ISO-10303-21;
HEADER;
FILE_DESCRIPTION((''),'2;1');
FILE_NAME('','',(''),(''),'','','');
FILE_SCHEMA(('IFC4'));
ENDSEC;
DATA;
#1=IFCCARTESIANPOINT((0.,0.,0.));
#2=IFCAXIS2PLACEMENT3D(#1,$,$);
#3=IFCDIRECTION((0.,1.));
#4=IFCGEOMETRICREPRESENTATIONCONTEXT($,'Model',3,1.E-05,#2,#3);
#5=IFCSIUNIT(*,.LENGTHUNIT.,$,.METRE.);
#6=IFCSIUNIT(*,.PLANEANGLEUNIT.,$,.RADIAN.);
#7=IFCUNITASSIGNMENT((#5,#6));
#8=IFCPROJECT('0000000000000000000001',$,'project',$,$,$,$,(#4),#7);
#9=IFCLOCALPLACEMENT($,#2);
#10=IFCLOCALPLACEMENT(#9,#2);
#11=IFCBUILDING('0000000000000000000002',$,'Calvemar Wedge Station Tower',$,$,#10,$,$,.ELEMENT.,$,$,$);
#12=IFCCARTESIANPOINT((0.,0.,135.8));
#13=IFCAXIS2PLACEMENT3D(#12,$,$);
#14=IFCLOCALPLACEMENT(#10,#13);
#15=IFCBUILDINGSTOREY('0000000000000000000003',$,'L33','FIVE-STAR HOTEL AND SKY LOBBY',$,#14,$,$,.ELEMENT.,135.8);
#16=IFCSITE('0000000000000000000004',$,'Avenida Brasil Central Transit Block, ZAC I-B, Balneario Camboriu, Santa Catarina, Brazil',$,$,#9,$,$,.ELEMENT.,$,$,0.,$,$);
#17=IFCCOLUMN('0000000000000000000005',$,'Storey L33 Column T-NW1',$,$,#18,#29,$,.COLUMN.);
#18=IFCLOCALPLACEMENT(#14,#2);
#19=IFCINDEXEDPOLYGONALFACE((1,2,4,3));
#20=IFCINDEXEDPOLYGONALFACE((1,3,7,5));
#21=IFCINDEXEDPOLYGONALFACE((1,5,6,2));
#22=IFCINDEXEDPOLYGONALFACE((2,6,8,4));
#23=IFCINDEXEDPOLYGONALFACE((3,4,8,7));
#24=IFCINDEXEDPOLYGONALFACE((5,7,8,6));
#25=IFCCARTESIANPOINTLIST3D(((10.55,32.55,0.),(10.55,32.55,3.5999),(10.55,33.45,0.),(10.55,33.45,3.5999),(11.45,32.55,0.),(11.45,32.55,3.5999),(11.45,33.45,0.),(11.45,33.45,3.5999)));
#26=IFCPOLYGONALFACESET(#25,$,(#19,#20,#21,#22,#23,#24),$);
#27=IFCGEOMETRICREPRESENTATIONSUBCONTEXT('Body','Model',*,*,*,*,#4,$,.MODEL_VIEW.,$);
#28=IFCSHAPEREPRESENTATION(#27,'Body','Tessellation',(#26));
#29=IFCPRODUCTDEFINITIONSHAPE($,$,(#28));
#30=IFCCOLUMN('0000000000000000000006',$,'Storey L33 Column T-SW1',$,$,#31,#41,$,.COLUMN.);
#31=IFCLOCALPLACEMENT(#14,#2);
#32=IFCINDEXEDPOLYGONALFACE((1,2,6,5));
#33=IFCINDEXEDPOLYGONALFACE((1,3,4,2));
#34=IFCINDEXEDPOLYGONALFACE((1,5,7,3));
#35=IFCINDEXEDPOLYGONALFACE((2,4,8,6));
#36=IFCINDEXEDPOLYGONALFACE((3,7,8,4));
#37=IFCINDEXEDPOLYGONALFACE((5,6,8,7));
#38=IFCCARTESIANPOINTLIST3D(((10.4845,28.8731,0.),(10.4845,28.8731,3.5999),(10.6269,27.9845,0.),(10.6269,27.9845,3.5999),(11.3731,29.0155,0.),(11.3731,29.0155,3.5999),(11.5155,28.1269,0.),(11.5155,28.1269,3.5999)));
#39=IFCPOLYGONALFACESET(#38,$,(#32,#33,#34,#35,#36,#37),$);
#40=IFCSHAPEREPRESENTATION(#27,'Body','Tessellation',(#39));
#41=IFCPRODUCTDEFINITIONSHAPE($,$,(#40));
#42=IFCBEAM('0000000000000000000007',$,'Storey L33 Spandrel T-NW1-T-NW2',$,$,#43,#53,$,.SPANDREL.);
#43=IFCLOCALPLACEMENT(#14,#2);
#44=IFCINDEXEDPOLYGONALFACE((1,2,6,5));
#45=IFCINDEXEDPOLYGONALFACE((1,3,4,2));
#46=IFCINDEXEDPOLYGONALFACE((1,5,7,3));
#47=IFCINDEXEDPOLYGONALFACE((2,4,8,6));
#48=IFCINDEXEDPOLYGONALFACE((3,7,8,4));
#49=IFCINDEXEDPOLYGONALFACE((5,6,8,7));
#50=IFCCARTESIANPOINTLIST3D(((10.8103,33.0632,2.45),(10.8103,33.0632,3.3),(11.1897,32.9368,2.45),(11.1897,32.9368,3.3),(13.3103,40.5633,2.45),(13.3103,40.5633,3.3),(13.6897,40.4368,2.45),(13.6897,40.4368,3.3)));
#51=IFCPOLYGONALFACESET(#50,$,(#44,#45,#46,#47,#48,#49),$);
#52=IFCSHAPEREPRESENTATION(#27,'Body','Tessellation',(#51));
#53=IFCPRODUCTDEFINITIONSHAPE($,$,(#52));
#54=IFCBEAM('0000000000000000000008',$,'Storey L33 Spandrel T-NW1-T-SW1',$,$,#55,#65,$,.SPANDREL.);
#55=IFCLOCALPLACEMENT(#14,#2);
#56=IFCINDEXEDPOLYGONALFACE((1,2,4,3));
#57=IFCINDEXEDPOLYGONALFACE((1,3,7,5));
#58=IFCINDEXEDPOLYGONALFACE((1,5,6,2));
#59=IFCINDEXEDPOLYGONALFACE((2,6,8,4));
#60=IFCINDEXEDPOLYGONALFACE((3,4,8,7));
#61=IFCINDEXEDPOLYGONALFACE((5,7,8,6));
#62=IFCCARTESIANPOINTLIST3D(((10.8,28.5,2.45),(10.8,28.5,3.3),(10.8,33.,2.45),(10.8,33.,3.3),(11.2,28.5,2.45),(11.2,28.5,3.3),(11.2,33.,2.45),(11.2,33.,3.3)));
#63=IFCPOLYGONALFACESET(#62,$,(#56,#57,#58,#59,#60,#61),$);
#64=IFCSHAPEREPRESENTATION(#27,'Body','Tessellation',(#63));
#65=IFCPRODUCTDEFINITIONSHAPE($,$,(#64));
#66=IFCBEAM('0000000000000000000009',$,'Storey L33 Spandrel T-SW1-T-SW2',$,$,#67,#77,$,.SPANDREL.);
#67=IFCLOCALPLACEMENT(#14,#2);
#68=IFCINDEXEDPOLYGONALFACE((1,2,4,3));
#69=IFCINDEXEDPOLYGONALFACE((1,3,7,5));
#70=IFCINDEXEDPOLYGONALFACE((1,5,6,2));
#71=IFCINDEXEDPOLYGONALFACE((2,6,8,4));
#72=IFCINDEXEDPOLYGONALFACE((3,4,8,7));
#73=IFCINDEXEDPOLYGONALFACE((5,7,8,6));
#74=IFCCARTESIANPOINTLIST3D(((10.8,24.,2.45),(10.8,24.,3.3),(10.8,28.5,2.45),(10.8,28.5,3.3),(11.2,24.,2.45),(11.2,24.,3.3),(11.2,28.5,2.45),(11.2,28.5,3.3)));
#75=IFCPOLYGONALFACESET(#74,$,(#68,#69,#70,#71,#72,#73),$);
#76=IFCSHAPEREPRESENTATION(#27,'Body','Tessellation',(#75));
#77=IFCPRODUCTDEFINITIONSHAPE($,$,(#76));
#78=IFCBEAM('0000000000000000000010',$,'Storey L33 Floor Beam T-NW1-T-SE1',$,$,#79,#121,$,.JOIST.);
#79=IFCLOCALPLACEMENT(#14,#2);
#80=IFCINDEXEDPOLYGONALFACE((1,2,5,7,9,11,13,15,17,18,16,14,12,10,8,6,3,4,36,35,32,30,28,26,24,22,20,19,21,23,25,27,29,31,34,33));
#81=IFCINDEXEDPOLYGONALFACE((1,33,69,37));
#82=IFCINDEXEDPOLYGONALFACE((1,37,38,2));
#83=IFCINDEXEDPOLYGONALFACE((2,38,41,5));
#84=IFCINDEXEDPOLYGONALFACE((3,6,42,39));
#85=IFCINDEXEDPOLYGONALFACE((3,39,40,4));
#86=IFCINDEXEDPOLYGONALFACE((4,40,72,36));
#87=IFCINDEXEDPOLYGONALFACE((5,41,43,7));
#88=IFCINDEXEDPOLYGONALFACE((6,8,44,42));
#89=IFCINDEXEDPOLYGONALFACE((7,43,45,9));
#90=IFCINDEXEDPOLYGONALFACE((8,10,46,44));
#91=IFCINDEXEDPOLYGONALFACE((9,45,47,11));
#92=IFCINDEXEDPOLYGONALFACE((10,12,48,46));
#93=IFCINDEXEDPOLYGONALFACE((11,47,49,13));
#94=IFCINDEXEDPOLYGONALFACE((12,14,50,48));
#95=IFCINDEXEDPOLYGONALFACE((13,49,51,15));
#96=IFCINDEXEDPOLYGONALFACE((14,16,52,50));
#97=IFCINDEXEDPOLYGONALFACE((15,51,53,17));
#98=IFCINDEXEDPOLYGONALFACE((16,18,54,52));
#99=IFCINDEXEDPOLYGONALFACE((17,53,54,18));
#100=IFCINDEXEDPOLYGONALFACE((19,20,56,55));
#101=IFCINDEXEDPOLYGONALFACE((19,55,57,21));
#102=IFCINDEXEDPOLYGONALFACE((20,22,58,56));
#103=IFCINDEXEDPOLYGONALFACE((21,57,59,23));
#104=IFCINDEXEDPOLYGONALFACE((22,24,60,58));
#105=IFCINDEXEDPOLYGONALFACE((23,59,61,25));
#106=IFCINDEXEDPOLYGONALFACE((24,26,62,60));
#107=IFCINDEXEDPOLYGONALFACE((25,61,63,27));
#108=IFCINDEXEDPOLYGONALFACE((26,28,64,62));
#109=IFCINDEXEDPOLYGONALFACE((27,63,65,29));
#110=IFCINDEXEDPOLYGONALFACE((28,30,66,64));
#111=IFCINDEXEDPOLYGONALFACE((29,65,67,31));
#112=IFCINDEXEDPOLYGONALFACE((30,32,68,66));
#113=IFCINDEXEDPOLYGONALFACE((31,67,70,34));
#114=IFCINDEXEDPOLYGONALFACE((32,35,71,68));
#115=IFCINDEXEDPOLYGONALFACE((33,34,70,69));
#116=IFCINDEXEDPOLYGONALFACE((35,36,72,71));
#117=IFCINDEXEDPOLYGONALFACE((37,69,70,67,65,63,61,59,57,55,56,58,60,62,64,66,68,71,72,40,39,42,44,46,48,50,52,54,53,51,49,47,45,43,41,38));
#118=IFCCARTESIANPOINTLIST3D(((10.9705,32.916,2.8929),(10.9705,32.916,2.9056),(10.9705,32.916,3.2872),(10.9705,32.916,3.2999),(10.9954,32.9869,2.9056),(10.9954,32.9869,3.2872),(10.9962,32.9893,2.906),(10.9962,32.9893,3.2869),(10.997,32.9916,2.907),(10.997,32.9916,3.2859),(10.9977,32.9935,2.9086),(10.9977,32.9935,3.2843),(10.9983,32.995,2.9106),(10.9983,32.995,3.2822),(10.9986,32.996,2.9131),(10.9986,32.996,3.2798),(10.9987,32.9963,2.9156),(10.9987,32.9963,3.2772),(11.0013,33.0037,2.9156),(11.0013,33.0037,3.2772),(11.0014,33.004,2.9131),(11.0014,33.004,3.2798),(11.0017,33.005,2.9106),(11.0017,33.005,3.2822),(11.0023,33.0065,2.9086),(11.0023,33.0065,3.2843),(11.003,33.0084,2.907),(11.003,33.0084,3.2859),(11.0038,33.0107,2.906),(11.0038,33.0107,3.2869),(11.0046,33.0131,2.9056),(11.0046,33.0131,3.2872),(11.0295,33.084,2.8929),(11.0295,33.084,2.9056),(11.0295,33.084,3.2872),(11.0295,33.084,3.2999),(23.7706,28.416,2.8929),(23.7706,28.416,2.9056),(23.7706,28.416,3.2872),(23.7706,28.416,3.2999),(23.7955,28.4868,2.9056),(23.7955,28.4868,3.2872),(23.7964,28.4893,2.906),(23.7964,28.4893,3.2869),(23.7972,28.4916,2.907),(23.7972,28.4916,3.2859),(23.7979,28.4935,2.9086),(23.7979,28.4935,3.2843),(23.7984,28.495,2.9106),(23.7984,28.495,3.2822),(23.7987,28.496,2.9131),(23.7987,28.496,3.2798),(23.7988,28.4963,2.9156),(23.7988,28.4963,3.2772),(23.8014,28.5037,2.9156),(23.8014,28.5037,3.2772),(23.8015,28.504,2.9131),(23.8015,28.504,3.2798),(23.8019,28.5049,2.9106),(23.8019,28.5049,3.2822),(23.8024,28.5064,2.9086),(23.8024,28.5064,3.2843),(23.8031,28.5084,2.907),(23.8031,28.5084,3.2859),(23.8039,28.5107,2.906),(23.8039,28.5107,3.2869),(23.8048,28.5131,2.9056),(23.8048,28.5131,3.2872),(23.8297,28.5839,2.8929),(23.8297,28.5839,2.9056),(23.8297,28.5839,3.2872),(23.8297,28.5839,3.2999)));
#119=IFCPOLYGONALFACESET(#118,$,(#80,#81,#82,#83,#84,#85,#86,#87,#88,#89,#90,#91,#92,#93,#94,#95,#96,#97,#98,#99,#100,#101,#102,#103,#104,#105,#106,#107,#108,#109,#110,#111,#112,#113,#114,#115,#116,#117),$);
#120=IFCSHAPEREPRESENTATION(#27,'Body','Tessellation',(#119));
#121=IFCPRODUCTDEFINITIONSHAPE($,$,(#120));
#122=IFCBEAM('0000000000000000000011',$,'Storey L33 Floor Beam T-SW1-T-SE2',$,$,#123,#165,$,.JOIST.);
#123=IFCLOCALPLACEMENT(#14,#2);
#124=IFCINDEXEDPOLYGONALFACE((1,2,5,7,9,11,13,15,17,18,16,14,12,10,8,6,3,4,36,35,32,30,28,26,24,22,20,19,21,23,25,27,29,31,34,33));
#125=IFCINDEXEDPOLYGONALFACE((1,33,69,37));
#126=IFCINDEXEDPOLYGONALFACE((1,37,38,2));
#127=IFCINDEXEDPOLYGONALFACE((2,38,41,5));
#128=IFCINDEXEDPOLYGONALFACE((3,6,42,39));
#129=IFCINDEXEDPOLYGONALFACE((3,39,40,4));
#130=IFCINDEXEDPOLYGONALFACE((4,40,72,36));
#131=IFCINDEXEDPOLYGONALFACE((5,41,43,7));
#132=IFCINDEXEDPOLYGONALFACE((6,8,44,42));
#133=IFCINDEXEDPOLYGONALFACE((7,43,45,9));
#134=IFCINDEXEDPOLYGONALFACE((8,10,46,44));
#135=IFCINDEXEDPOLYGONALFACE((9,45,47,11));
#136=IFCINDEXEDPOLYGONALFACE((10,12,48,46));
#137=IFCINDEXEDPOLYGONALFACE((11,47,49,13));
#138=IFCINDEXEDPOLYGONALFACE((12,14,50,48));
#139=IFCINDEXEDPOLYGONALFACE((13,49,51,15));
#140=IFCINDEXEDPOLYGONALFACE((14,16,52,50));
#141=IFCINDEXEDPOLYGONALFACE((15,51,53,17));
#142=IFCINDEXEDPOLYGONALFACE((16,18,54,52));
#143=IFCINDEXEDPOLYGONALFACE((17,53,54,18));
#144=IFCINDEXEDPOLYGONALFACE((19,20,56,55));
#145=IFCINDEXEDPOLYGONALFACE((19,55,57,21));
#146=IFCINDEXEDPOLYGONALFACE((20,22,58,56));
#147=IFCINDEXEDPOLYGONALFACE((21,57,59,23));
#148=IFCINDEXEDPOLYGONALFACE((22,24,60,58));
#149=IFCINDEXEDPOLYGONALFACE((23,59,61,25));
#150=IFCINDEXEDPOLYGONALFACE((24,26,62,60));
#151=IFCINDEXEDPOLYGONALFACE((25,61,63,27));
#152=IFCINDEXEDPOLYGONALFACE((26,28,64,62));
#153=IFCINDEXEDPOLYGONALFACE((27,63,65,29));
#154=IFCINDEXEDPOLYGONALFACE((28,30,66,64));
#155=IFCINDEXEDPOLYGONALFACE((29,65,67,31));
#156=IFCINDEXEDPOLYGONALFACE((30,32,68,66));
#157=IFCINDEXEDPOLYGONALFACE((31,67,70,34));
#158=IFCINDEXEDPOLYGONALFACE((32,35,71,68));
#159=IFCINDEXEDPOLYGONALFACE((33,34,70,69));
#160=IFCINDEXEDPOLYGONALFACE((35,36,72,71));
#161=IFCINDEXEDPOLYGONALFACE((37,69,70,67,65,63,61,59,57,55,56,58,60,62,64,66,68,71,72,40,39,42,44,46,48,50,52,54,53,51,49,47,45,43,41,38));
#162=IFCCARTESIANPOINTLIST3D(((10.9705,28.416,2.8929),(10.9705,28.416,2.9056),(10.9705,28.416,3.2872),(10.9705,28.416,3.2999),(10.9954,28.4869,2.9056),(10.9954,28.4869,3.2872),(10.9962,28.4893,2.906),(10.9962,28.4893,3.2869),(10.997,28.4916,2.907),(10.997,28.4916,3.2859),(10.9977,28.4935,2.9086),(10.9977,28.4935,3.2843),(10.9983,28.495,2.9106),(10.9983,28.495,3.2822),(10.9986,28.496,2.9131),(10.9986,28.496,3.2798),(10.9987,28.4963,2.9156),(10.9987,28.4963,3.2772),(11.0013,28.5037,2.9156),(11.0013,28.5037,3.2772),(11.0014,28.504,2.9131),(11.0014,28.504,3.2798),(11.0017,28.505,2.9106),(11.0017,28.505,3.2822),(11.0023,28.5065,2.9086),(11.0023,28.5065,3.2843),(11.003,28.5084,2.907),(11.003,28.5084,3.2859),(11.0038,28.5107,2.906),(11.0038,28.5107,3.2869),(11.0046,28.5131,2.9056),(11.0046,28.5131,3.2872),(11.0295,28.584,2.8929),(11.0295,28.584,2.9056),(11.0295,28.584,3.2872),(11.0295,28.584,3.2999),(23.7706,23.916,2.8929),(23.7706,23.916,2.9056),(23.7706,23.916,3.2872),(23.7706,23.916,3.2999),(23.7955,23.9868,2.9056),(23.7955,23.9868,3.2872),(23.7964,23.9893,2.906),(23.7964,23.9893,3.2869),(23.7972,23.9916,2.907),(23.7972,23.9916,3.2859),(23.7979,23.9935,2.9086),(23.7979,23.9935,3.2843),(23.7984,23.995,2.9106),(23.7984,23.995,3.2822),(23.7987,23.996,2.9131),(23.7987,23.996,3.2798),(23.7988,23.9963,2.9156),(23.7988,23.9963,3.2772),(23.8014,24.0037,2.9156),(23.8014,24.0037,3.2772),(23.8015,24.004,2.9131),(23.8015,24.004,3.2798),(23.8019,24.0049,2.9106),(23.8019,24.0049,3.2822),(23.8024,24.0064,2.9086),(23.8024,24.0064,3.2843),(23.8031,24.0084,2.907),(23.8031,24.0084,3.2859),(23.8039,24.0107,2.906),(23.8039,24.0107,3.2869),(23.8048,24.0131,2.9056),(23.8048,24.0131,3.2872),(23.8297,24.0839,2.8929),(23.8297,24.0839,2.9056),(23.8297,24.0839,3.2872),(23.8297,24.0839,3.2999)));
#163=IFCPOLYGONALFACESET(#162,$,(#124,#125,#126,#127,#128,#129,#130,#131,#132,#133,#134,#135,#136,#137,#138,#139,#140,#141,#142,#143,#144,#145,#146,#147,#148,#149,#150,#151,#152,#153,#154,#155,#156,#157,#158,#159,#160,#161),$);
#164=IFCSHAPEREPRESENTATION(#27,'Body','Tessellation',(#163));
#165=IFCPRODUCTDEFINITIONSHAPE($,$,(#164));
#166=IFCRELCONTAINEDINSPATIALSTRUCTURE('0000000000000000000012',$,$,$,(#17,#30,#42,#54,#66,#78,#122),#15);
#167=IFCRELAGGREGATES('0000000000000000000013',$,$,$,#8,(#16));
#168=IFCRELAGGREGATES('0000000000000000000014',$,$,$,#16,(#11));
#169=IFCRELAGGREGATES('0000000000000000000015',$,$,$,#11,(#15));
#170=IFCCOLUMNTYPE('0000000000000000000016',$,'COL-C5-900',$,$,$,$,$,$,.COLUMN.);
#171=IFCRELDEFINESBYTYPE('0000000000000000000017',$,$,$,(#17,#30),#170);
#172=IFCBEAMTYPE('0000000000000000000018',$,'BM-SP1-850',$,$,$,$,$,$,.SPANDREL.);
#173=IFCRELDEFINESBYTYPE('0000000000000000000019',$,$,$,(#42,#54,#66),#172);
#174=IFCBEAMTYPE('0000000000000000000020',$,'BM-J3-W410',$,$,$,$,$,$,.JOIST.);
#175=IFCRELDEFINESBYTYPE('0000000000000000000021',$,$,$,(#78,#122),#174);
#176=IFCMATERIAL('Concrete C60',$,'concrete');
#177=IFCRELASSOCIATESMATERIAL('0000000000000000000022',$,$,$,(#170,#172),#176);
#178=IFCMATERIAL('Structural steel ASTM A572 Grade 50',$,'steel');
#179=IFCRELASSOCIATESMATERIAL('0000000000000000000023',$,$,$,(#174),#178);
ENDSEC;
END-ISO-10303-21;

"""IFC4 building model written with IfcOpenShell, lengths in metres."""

from ifc_helpers import new_model, si_unit, direction, frame, origin, origin_2d, place, context, subcontext, project, spatial, rectangle, i_section, extrude, source, transform, mapped, material, material_profile, profile_set, type_object, element, save


model = new_model("IFC4")

# Units and contexts
model_context = context("Model", 3, precision=1e-05, world=origin(), true_north=direction((0.0, 1.0)))
body_context = subcontext(model_context, "Body", "Model", "MODEL_VIEW")
ifc_project = project(units=[si_unit("LENGTHUNIT", "METRE"), si_unit("PLANEANGLEUNIT", "RADIAN")], contexts=[model_context])

# Site, building, storey
site_placement = place(None, origin())
site = spatial("IfcSite", under=ifc_project, at=site_placement, Name="Avenida Brasil Central Transit Block, ZAC I-B, Balneario Camboriu, Santa Catarina, Brazil", CompositionType="ELEMENT", RefElevation=0.0)
building_placement = place(site_placement, origin())
building = spatial("IfcBuilding", under=site, at=building_placement, Name="Calvemar Wedge Station Tower", CompositionType="ELEMENT")
storey_placement = place(building_placement, frame((0.0, 0.0, 135.8)))
storey = spatial("IfcBuildingStorey", under=building, at=storey_placement, Name="L33", Description="FIVE-STAR HOTEL AND SKY LOBBY", CompositionType="ELEMENT", Elevation=135.8)

# Columns
ifc_material_1 = material(Name="Concrete C60", Category="concrete")
ifc_material_profile_1 = material_profile(ifc_material_1, rectangle(XDim=0.8999, YDim=0.8999, at=origin_2d()), Name="RC900x900")
ifc_profile_set_1 = profile_set([ifc_material_profile_1], Name="Concrete C60")
column_type = type_object("IfcColumnType", Name="COL-C5-900", PredefinedType="COLUMN", material=ifc_profile_set_1)
shared_shape_1 = source(origin(), body_context, "Body", "SweptSolid", [
    extrude(rectangle(XDim=0.8999, YDim=0.8999, at=origin_2d()), origin(), (0.0, 0.0, 1.0), 3.5999),
])
for number, where, z_axis, x_axis, name in (
    (1, (11.0, 33.0, 0.0), (0.0, 0.0, 1.0), (1.0, 0.0, 0.0), "Storey L33 Column T-NW1"),
    (2, (11.0, 28.5, 0.0), (0.0, 0.0, 1.0), (0.158158, -0.987414, 0.0), "Storey L33 Column T-SW1"),
):
    element("IfcColumn", number, at=place(storey_placement, frame(where, z_axis=z_axis, x_axis=x_axis)), inside=storey, type_object=column_type, Name=name, PredefinedType="COLUMN", context=body_context, shape_type="MappedRepresentation", body=[
        mapped(shared_shape_1, transform((0.0, 0.0, 0.0), scale=1.0)),
    ])

# Beams
ifc_material_profile_2 = material_profile(ifc_material_1, rectangle(XDim=0.3999, YDim=0.8501, at=origin_2d()), Name="RC400x850")
ifc_profile_set_2 = profile_set([ifc_material_profile_2], Name="Concrete C60")
beam_type_1 = type_object("IfcBeamType", Name="BM-SP1-850", PredefinedType="SPANDREL", material=ifc_profile_set_2)
shared_shape_2 = source(origin(), body_context, "Body", "SweptSolid", [
    extrude(rectangle(XDim=0.3999, YDim=0.8501, at=origin_2d()), origin(), (0.0, 0.0, 1.0), 7.9058),
])
beam_1_placement = place(storey_placement, frame((11.0, 33.0, 2.875), z_axis=(0.316228, 0.948683, 0.0), x_axis=(-0.948683, 0.316228, 0.0)))
element("IfcBeam", 3, at=beam_1_placement, inside=storey, type_object=beam_type_1, Name="Storey L33 Spandrel T-NW1-T-NW2", PredefinedType="SPANDREL", context=body_context, shape_type="MappedRepresentation", body=[
    mapped(shared_shape_2, transform((0.0, 0.0, 0.0), scale=1.0)),
])
shared_shape_3 = source(origin(), body_context, "Body", "SweptSolid", [
    extrude(rectangle(XDim=0.3999, YDim=0.8501, at=origin_2d()), origin(), (0.0, 0.0, 1.0), 4.5),
])
for number, where, z_axis, x_axis, name in (
    (4, (11.0, 33.0, 2.875), (0.0, -1.0, 0.0), (1.0, 0.0, 0.0), "Storey L33 Spandrel T-NW1-T-SW1"),
    (5, (11.0, 28.5, 2.875), (0.0, -1.0, 0.0), (1.0, 0.0, 0.0), "Storey L33 Spandrel T-SW1-T-SW2"),
):
    element("IfcBeam", number, at=place(storey_placement, frame(where, z_axis=z_axis, x_axis=x_axis)), inside=storey, type_object=beam_type_1, Name=name, PredefinedType="SPANDREL", context=body_context, shape_type="MappedRepresentation", body=[
        mapped(shared_shape_3, transform((0.0, 0.0, 0.0), scale=1.0)),
    ])
ifc_material_2 = material(Name="Structural steel ASTM A572 Grade 50", Category="steel")
ifc_material_profile_3 = material_profile(ifc_material_2, i_section(OverallWidth=0.178, OverallDepth=0.407, WebThickness=0.0078, FlangeThickness=0.0127, FilletRadius=0.01, at=origin_2d()), Name="W410x60")
ifc_profile_set_3 = profile_set([ifc_material_profile_3], Name="Structural steel ASTM A572 Grade 50")
beam_type_2 = type_object("IfcBeamType", Name="BM-J3-W410", PredefinedType="JOIST", material=ifc_profile_set_3)
shared_shape_4 = source(origin(), body_context, "Body", "SweptSolid", [
    extrude(i_section(OverallWidth=0.178, OverallDepth=0.407, WebThickness=0.0078, FlangeThickness=0.0127, FilletRadius=0.01, at=origin_2d()), origin(), (0.0, 0.0, 1.0), 13.5681),
])
for number, where, z_axis, x_axis, name in (
    (6, (11.0, 33.0, 3.0964), (0.943398, -0.331662, 0.0), (0.331662, 0.943398, 0.0), "Storey L33 Floor Beam T-NW1-T-SE1"),
    (7, (11.0, 28.5, 3.0964), (0.943398, -0.331662, 0.0), (0.331662, 0.943398, 0.0), "Storey L33 Floor Beam T-SW1-T-SE2"),
):
    element("IfcBeam", number, at=place(storey_placement, frame(where, z_axis=z_axis, x_axis=x_axis)), inside=storey, type_object=beam_type_2, Name=name, PredefinedType="JOIST", context=body_context, shape_type="MappedRepresentation", body=[
        mapped(shared_shape_4, transform((0.0, 0.0, 0.0), scale=1.0)),
    ])

save(model, "model.ifc")
